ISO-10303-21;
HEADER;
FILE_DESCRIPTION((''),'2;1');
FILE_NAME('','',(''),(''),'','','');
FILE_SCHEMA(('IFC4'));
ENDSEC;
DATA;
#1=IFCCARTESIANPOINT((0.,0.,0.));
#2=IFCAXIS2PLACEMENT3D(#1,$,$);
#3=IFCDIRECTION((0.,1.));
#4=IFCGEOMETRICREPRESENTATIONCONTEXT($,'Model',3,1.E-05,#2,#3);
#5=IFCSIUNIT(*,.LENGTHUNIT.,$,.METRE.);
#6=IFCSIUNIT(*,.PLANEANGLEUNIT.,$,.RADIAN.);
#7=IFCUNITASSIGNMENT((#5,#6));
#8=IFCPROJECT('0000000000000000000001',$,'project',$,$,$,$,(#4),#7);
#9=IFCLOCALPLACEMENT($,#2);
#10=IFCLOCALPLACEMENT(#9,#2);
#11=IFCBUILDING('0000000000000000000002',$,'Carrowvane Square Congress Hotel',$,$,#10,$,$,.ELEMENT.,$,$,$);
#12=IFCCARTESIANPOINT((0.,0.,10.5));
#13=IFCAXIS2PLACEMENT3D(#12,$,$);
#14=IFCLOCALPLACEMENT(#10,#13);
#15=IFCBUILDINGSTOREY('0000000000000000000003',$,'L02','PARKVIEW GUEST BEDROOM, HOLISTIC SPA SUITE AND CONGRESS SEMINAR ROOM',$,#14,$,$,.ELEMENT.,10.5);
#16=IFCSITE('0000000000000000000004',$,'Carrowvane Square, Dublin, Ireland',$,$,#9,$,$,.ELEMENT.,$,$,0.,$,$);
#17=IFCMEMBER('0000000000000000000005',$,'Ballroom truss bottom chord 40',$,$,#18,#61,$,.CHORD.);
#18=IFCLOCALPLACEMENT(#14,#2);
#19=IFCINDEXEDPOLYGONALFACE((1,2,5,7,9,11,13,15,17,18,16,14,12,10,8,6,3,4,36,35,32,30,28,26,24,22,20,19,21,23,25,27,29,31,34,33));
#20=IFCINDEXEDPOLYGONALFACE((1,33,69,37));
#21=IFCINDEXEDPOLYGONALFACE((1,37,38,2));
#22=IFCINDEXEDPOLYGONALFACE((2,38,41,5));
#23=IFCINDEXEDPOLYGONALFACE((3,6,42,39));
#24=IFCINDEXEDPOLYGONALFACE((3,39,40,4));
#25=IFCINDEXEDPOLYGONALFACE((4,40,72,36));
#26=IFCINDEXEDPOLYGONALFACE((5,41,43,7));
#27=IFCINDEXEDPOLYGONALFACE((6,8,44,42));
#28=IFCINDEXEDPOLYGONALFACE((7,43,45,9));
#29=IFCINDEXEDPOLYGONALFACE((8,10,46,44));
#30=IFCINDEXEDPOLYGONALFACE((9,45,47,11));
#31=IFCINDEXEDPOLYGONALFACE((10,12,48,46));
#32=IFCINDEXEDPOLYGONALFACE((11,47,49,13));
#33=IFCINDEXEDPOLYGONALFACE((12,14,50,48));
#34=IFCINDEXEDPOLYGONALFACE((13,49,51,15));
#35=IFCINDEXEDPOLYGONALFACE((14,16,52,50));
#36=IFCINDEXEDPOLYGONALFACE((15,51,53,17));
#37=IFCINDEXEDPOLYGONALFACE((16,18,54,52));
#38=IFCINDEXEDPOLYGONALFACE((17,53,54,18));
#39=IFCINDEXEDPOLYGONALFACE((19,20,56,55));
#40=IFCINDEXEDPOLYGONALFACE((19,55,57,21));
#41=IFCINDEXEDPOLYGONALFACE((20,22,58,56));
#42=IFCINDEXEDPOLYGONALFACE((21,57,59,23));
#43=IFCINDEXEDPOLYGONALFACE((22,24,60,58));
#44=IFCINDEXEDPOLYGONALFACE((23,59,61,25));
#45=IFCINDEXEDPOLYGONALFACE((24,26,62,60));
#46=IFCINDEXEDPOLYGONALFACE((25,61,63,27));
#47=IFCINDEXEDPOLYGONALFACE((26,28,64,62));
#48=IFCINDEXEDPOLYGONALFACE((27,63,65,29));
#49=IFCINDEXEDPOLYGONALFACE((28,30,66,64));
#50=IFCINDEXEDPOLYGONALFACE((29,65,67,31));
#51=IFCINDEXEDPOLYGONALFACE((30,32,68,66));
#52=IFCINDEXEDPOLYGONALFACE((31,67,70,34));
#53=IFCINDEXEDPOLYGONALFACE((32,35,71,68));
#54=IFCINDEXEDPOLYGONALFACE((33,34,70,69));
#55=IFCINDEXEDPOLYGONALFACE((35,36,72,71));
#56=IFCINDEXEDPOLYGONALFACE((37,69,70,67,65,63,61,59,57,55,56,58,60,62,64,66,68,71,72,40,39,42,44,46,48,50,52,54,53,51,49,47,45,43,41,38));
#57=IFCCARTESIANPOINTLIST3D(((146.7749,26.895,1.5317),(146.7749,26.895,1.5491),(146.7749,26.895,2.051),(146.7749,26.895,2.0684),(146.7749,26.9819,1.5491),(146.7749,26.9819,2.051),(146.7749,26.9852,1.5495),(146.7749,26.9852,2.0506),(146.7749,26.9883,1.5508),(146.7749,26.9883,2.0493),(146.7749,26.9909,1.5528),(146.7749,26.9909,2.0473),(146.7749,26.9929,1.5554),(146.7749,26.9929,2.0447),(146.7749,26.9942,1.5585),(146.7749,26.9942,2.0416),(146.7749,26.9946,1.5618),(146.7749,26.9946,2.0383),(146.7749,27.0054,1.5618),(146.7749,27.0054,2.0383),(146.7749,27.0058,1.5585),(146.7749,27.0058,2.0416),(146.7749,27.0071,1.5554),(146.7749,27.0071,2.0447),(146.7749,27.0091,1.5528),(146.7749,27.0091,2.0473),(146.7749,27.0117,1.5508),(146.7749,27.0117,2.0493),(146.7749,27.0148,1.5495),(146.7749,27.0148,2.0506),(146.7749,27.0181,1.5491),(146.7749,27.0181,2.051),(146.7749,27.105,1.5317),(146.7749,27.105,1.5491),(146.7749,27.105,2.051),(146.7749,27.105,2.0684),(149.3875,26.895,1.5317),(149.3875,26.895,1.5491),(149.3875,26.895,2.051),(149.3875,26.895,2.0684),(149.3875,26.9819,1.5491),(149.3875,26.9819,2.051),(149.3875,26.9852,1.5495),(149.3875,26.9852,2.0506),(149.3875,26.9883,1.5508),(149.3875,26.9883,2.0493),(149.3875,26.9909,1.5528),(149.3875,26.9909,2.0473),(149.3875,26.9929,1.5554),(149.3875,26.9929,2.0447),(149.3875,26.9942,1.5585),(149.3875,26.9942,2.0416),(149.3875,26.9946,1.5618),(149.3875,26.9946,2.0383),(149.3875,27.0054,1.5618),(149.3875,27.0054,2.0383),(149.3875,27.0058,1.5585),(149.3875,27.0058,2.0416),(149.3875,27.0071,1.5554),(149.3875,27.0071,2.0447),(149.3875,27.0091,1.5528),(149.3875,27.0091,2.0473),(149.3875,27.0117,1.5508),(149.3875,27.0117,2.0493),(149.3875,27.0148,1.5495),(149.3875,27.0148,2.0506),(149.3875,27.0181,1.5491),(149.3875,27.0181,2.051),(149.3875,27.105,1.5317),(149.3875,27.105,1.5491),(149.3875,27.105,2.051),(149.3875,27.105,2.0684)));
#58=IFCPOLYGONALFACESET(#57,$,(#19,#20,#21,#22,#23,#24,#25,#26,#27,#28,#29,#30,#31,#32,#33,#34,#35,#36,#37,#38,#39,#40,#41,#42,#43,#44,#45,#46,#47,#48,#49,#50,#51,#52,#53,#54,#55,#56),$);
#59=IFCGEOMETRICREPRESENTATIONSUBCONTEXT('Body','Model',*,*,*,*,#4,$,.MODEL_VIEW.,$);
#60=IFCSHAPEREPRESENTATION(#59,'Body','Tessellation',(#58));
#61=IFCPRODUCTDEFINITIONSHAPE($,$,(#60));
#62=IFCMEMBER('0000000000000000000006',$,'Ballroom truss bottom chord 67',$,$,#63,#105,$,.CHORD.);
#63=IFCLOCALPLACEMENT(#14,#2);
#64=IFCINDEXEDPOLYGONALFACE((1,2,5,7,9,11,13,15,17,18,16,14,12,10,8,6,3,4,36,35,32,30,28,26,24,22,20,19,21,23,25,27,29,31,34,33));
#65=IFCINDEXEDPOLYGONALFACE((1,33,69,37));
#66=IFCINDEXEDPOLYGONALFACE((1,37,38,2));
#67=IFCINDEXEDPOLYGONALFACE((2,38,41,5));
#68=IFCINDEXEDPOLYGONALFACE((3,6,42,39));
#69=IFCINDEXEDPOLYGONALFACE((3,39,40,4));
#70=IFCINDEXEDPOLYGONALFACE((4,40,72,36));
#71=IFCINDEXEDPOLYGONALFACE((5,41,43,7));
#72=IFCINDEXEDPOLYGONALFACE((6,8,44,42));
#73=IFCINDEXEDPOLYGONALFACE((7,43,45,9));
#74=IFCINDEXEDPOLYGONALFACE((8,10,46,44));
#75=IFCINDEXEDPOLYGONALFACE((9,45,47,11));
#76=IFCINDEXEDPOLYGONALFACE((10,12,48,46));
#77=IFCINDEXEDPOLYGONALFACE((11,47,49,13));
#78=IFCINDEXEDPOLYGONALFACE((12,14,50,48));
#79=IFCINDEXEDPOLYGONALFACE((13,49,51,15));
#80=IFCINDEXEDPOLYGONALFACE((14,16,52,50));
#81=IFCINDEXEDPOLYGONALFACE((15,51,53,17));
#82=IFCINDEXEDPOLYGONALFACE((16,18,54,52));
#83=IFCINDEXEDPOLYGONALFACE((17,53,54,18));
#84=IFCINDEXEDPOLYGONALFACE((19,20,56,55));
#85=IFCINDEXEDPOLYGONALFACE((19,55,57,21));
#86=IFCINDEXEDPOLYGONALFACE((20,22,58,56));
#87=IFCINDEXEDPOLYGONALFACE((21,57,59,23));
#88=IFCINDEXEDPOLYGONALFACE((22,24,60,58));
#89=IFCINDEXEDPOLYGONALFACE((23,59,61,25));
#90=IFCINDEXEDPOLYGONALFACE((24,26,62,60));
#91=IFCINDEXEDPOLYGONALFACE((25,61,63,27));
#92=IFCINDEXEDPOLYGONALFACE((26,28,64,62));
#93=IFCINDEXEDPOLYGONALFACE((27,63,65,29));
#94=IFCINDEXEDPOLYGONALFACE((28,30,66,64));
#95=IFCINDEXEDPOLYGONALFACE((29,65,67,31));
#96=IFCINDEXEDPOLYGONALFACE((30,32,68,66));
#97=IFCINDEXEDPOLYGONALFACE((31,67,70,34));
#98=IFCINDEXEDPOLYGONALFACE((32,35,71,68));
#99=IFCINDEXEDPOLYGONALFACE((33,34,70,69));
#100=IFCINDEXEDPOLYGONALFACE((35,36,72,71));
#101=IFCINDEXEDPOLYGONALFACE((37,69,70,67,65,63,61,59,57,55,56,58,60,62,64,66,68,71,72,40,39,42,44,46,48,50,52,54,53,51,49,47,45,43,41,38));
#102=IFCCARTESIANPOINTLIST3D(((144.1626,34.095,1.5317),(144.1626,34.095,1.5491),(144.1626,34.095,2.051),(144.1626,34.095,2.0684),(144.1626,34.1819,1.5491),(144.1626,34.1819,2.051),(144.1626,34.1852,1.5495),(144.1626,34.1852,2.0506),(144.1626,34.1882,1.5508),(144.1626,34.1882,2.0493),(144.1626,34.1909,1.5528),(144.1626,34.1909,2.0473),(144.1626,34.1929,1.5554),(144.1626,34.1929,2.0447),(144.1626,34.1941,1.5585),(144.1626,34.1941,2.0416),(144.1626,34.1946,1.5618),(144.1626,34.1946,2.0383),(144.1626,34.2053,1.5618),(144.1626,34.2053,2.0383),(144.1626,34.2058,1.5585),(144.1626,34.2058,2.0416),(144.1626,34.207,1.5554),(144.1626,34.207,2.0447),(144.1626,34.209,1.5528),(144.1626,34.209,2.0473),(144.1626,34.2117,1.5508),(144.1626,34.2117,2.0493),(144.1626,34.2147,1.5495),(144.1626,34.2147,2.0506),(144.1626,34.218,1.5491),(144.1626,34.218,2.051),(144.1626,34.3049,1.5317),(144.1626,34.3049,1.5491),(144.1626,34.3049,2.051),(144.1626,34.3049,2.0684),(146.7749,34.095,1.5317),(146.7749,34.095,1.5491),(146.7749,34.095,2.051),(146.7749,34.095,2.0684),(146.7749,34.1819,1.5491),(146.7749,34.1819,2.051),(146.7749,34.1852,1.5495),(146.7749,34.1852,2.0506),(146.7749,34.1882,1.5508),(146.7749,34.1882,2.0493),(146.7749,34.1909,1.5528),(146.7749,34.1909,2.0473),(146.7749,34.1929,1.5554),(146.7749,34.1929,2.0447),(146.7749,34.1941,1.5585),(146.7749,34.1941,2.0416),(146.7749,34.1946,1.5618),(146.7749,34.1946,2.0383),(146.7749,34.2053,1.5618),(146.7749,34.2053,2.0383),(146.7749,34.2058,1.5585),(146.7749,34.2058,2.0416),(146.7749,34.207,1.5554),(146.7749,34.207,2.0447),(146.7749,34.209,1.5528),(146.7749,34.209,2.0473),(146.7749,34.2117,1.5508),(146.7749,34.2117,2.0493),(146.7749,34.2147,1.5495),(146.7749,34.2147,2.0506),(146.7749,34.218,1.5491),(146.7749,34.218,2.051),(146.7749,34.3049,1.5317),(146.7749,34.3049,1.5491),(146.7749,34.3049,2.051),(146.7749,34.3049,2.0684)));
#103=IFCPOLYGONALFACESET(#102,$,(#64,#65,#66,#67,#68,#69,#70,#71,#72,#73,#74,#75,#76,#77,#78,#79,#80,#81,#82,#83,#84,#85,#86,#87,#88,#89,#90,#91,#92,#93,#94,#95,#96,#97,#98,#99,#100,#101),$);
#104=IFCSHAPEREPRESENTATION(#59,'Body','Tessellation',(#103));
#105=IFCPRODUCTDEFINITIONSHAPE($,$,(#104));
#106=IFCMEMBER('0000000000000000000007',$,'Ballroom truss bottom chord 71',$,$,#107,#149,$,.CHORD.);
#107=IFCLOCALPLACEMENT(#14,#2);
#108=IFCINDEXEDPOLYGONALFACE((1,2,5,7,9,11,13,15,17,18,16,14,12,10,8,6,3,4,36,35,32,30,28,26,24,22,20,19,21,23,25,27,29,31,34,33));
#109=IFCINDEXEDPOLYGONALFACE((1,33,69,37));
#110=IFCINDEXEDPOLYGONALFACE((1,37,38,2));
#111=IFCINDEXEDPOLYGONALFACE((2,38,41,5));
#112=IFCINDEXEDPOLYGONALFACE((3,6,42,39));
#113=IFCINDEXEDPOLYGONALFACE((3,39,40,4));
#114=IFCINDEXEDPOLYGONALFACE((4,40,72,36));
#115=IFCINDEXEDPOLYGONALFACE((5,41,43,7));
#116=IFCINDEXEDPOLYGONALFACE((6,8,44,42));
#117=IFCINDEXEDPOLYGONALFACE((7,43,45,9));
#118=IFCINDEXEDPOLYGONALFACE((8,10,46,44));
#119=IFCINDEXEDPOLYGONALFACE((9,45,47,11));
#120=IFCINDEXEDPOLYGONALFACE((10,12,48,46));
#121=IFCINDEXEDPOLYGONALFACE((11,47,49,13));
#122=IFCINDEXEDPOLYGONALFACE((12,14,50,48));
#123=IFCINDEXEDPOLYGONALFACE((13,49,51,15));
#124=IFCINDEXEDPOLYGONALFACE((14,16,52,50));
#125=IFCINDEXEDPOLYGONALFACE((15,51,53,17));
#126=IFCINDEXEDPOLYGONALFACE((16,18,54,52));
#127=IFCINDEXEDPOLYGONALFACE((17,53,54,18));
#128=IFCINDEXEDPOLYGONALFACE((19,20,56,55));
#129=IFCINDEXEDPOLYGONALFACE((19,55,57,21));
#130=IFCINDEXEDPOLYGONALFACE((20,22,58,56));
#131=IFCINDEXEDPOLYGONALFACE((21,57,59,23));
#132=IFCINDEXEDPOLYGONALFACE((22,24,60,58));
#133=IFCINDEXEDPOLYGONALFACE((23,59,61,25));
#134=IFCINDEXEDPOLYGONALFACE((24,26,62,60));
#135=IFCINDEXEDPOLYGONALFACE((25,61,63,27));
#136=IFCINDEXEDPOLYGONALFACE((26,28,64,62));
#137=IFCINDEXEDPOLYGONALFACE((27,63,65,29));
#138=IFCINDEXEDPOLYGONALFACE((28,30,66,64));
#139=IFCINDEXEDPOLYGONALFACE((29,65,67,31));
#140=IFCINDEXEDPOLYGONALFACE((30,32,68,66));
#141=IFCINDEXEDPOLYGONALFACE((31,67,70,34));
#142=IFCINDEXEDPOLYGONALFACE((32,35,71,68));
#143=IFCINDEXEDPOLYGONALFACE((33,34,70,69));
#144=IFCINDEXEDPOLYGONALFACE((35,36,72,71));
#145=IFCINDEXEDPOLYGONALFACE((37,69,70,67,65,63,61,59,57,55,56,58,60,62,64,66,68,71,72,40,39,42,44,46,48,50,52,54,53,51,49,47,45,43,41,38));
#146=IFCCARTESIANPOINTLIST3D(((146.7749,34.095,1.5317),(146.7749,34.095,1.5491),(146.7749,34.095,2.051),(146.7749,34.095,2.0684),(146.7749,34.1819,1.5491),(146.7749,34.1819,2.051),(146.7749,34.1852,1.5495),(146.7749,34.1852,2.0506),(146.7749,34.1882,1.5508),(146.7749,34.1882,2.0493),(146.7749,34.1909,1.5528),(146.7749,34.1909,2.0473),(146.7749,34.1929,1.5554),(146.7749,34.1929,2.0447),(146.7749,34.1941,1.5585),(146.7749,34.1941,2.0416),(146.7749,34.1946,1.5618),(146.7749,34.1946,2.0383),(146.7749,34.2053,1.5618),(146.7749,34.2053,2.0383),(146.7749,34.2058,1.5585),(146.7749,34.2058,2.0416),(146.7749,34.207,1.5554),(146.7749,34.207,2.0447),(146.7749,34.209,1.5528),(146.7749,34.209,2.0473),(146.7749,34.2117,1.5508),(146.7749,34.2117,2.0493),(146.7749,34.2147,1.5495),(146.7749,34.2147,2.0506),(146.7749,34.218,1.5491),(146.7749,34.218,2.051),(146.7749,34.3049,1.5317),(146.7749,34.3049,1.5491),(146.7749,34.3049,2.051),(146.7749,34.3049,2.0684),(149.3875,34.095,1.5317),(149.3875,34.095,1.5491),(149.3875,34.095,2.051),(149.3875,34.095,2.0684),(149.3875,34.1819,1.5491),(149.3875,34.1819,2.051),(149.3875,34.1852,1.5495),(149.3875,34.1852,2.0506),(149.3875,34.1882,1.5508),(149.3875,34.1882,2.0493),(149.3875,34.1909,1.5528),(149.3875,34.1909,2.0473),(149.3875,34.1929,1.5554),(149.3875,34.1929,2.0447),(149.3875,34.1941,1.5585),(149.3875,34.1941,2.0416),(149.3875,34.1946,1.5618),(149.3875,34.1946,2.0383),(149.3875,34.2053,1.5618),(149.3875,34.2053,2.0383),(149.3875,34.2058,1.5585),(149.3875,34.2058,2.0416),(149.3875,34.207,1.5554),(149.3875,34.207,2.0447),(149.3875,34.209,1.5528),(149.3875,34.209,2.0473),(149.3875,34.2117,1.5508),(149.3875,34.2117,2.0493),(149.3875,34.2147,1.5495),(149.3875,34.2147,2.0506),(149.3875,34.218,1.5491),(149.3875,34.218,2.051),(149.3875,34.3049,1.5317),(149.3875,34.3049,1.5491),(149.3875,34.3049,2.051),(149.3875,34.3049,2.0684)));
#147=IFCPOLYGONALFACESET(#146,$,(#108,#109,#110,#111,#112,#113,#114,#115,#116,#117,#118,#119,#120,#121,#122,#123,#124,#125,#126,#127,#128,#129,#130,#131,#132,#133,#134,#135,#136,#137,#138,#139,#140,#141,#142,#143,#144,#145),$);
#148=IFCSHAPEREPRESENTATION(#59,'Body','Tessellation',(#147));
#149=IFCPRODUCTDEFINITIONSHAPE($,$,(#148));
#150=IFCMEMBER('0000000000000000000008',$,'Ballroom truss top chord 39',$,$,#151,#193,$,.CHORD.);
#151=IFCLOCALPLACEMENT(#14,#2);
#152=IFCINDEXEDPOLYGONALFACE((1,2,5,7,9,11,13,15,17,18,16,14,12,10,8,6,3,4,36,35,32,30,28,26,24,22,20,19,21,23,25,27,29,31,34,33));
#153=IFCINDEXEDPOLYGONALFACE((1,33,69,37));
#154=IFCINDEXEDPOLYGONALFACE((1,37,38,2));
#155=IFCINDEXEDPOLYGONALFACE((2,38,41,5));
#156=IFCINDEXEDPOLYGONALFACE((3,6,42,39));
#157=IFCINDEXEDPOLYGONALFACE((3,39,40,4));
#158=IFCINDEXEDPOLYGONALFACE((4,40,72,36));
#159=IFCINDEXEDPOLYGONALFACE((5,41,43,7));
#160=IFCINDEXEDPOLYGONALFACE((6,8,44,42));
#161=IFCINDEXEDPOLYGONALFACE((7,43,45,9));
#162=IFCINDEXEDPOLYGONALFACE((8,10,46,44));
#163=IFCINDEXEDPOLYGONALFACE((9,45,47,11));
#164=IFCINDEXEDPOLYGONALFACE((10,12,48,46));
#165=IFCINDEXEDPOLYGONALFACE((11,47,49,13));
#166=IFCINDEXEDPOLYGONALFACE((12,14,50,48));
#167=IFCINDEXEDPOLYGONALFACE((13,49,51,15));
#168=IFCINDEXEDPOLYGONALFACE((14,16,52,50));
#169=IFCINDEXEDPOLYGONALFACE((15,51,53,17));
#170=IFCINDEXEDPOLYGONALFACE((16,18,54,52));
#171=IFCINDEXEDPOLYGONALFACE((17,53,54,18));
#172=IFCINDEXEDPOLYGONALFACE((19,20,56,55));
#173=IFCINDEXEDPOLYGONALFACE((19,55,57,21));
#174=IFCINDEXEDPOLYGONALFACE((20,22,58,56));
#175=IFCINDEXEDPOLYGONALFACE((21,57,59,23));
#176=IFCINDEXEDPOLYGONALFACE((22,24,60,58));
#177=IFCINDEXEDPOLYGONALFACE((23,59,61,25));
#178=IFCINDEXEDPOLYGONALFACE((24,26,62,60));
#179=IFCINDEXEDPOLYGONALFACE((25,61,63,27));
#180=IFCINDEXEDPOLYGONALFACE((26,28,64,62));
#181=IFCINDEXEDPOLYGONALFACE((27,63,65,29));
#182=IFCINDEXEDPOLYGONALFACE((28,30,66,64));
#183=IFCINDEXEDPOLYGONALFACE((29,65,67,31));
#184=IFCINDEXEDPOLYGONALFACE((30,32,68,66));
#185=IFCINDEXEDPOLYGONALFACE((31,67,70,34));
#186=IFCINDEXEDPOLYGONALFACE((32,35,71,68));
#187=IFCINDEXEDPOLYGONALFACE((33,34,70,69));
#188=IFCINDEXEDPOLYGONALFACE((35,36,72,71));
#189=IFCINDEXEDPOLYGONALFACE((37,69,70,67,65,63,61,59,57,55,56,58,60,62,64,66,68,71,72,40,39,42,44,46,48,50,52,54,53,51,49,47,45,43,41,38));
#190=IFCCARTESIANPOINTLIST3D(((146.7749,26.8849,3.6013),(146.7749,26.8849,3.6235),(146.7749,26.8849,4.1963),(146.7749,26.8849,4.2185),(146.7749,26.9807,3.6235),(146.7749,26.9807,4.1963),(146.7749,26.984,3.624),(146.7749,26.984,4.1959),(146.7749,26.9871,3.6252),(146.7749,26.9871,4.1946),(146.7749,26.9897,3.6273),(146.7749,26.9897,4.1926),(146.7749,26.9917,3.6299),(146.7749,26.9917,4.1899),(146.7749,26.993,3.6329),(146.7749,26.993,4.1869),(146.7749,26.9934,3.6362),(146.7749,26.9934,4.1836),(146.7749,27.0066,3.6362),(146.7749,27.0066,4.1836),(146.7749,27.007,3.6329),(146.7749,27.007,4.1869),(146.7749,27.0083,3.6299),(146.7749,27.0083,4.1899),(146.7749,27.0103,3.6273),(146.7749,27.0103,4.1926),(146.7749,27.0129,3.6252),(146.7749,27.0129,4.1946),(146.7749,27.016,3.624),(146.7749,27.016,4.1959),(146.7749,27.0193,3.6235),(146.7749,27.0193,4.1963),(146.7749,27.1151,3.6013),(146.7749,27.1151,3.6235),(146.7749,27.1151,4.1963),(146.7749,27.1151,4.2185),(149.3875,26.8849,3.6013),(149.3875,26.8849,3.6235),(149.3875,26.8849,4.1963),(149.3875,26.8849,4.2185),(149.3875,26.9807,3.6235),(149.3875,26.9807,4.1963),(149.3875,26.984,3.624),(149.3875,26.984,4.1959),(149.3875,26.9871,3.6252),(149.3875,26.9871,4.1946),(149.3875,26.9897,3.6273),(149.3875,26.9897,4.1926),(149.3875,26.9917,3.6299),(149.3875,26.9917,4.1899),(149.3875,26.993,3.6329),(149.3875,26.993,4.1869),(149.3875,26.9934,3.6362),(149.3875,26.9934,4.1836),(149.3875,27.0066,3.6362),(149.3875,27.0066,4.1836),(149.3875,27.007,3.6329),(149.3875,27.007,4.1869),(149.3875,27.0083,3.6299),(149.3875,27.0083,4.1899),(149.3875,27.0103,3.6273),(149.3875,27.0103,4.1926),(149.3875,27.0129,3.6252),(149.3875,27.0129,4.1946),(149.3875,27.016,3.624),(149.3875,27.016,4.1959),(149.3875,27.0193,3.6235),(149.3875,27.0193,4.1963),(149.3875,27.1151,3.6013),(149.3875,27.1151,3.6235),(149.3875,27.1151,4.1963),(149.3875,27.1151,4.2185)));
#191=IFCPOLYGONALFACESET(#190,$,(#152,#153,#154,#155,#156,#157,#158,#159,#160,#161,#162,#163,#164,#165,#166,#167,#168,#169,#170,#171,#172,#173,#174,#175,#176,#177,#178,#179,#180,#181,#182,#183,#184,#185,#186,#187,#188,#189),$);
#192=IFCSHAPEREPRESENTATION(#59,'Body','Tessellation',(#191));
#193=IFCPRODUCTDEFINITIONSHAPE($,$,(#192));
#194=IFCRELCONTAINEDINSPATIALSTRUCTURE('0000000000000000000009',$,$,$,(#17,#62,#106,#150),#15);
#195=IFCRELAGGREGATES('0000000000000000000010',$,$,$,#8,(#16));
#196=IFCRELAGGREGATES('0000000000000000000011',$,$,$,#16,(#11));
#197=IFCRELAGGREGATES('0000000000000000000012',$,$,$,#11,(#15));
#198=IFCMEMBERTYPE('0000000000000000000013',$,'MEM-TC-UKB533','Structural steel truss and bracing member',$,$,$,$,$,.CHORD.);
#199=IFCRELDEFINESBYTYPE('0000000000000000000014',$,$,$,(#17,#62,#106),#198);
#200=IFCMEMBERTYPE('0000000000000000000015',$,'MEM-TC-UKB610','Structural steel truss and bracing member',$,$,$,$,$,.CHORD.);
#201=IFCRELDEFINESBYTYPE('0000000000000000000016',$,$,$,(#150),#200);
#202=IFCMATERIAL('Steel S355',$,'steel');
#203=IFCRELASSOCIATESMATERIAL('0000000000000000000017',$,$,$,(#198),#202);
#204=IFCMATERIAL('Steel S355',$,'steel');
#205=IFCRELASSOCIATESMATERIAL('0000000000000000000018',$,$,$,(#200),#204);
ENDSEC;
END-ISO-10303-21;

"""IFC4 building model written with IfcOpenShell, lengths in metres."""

from ifc_helpers import new_model, si_unit, direction, frame, origin, origin_2d, place, context, subcontext, project, spatial, i_section, extrude, material, material_profile, profile_set, type_object, element, save


model = new_model("IFC4")

# Units and contexts
model_context = context("Model", 3, precision=1e-05, world=origin(), true_north=direction((0.0, 1.0)))
body_context = subcontext(model_context, "Body", "Model", "MODEL_VIEW")
ifc_project = project(units=[si_unit("LENGTHUNIT", "METRE"), si_unit("PLANEANGLEUNIT", "RADIAN")], contexts=[model_context])

# Site, building, storey
site_placement = place(None, origin())
site = spatial("IfcSite", under=ifc_project, at=site_placement, Name="Carrowvane Square, Dublin, Ireland", CompositionType="ELEMENT", RefElevation=0.0)
building_placement = place(site_placement, origin())
building = spatial("IfcBuilding", under=site, at=building_placement, Name="Carrowvane Square Congress Hotel", CompositionType="ELEMENT")
storey_placement = place(building_placement, frame((0.0, 0.0, 10.5)))
storey = spatial("IfcBuildingStorey", under=building, at=storey_placement, Name="L02", Description="PARKVIEW GUEST BEDROOM, HOLISTIC SPA SUITE AND CONGRESS SEMINAR ROOM", CompositionType="ELEMENT", Elevation=10.5)

# Members
ifc_material_1 = material(Name="Steel S355", Category="steel")
ifc_material_profile_1 = material_profile(ifc_material_1, i_section(OverallWidth=0.21, OverallDepth=0.5366, WebThickness=0.0107, FlangeThickness=0.0173, FilletRadius=0.0127, at=origin_2d()), Name="UKB 533x210x101")
ifc_profile_set_1 = profile_set([ifc_material_profile_1], Name="Steel S355")
member_type_1 = type_object("IfcMemberType", Name="MEM-TC-UKB533", Description="Structural steel truss and bracing member", PredefinedType="CHORD", material=ifc_profile_set_1)
member_1_placement = place(storey_placement, frame((146.7749, 27.0, 1.8), z_axis=(1.0, 0.0, 0.0), x_axis=(0.0, 1.0, 0.0)))
element("IfcMember", 1, at=member_1_placement, inside=storey, type_object=member_type_1, Name="Ballroom truss bottom chord 40", PredefinedType="CHORD", context=body_context, shape_type="SweptSolid", body=[
    extrude(i_section(OverallWidth=0.21, OverallDepth=0.5366, WebThickness=0.0107, FlangeThickness=0.0173, FilletRadius=0.0127, at=origin_2d()), origin(), (0.0, 0.0, 1.0), 2.6125),
])
member_2_placement = place(storey_placement, frame((144.1626, 34.2, 1.8), z_axis=(1.0, 0.0, 0.0), x_axis=(0.0, 1.0, 0.0)))
element("IfcMember", 2, at=member_2_placement, inside=storey, type_object=member_type_1, Name="Ballroom truss bottom chord 67", PredefinedType="CHORD", context=body_context, shape_type="SweptSolid", body=[
    extrude(i_section(OverallWidth=0.21, OverallDepth=0.5366, WebThickness=0.0107, FlangeThickness=0.0173, FilletRadius=0.0127, at=origin_2d()), origin(), (0.0, 0.0, 1.0), 2.6123),
])
member_3_placement = place(storey_placement, frame((146.7749, 34.2, 1.8), z_axis=(1.0, 0.0, 0.0), x_axis=(0.0, 1.0, 0.0)))
element("IfcMember", 3, at=member_3_placement, inside=storey, type_object=member_type_1, Name="Ballroom truss bottom chord 71", PredefinedType="CHORD", context=body_context, shape_type="SweptSolid", body=[
    extrude(i_section(OverallWidth=0.21, OverallDepth=0.5366, WebThickness=0.0107, FlangeThickness=0.0173, FilletRadius=0.0127, at=origin_2d()), origin(), (0.0, 0.0, 1.0), 2.6125),
])
ifc_material_2 = material(Name="Steel S355", Category="steel")
ifc_material_profile_2 = material_profile(ifc_material_2, i_section(OverallWidth=0.2302, OverallDepth=0.6172, WebThickness=0.0132, FlangeThickness=0.0222, FilletRadius=0.0127, at=origin_2d()), Name="UKB 610x229x140")
ifc_profile_set_2 = profile_set([ifc_material_profile_2], Name="Steel S355")
member_type_2 = type_object("IfcMemberType", Name="MEM-TC-UKB610", Description="Structural steel truss and bracing member", PredefinedType="CHORD", material=ifc_profile_set_2)
member_4_placement = place(storey_placement, frame((146.7749, 27.0, 3.9099), z_axis=(1.0, 0.0, 0.0), x_axis=(0.0, 1.0, 0.0)))
element("IfcMember", 4, at=member_4_placement, inside=storey, type_object=member_type_2, Name="Ballroom truss top chord 39", PredefinedType="CHORD", context=body_context, shape_type="SweptSolid", body=[
    extrude(i_section(OverallWidth=0.2302, OverallDepth=0.6172, WebThickness=0.0132, FlangeThickness=0.0222, FilletRadius=0.0127, at=origin_2d()), origin(), (0.0, 0.0, 1.0), 2.6125),
])

save(model, "model.ifc")
